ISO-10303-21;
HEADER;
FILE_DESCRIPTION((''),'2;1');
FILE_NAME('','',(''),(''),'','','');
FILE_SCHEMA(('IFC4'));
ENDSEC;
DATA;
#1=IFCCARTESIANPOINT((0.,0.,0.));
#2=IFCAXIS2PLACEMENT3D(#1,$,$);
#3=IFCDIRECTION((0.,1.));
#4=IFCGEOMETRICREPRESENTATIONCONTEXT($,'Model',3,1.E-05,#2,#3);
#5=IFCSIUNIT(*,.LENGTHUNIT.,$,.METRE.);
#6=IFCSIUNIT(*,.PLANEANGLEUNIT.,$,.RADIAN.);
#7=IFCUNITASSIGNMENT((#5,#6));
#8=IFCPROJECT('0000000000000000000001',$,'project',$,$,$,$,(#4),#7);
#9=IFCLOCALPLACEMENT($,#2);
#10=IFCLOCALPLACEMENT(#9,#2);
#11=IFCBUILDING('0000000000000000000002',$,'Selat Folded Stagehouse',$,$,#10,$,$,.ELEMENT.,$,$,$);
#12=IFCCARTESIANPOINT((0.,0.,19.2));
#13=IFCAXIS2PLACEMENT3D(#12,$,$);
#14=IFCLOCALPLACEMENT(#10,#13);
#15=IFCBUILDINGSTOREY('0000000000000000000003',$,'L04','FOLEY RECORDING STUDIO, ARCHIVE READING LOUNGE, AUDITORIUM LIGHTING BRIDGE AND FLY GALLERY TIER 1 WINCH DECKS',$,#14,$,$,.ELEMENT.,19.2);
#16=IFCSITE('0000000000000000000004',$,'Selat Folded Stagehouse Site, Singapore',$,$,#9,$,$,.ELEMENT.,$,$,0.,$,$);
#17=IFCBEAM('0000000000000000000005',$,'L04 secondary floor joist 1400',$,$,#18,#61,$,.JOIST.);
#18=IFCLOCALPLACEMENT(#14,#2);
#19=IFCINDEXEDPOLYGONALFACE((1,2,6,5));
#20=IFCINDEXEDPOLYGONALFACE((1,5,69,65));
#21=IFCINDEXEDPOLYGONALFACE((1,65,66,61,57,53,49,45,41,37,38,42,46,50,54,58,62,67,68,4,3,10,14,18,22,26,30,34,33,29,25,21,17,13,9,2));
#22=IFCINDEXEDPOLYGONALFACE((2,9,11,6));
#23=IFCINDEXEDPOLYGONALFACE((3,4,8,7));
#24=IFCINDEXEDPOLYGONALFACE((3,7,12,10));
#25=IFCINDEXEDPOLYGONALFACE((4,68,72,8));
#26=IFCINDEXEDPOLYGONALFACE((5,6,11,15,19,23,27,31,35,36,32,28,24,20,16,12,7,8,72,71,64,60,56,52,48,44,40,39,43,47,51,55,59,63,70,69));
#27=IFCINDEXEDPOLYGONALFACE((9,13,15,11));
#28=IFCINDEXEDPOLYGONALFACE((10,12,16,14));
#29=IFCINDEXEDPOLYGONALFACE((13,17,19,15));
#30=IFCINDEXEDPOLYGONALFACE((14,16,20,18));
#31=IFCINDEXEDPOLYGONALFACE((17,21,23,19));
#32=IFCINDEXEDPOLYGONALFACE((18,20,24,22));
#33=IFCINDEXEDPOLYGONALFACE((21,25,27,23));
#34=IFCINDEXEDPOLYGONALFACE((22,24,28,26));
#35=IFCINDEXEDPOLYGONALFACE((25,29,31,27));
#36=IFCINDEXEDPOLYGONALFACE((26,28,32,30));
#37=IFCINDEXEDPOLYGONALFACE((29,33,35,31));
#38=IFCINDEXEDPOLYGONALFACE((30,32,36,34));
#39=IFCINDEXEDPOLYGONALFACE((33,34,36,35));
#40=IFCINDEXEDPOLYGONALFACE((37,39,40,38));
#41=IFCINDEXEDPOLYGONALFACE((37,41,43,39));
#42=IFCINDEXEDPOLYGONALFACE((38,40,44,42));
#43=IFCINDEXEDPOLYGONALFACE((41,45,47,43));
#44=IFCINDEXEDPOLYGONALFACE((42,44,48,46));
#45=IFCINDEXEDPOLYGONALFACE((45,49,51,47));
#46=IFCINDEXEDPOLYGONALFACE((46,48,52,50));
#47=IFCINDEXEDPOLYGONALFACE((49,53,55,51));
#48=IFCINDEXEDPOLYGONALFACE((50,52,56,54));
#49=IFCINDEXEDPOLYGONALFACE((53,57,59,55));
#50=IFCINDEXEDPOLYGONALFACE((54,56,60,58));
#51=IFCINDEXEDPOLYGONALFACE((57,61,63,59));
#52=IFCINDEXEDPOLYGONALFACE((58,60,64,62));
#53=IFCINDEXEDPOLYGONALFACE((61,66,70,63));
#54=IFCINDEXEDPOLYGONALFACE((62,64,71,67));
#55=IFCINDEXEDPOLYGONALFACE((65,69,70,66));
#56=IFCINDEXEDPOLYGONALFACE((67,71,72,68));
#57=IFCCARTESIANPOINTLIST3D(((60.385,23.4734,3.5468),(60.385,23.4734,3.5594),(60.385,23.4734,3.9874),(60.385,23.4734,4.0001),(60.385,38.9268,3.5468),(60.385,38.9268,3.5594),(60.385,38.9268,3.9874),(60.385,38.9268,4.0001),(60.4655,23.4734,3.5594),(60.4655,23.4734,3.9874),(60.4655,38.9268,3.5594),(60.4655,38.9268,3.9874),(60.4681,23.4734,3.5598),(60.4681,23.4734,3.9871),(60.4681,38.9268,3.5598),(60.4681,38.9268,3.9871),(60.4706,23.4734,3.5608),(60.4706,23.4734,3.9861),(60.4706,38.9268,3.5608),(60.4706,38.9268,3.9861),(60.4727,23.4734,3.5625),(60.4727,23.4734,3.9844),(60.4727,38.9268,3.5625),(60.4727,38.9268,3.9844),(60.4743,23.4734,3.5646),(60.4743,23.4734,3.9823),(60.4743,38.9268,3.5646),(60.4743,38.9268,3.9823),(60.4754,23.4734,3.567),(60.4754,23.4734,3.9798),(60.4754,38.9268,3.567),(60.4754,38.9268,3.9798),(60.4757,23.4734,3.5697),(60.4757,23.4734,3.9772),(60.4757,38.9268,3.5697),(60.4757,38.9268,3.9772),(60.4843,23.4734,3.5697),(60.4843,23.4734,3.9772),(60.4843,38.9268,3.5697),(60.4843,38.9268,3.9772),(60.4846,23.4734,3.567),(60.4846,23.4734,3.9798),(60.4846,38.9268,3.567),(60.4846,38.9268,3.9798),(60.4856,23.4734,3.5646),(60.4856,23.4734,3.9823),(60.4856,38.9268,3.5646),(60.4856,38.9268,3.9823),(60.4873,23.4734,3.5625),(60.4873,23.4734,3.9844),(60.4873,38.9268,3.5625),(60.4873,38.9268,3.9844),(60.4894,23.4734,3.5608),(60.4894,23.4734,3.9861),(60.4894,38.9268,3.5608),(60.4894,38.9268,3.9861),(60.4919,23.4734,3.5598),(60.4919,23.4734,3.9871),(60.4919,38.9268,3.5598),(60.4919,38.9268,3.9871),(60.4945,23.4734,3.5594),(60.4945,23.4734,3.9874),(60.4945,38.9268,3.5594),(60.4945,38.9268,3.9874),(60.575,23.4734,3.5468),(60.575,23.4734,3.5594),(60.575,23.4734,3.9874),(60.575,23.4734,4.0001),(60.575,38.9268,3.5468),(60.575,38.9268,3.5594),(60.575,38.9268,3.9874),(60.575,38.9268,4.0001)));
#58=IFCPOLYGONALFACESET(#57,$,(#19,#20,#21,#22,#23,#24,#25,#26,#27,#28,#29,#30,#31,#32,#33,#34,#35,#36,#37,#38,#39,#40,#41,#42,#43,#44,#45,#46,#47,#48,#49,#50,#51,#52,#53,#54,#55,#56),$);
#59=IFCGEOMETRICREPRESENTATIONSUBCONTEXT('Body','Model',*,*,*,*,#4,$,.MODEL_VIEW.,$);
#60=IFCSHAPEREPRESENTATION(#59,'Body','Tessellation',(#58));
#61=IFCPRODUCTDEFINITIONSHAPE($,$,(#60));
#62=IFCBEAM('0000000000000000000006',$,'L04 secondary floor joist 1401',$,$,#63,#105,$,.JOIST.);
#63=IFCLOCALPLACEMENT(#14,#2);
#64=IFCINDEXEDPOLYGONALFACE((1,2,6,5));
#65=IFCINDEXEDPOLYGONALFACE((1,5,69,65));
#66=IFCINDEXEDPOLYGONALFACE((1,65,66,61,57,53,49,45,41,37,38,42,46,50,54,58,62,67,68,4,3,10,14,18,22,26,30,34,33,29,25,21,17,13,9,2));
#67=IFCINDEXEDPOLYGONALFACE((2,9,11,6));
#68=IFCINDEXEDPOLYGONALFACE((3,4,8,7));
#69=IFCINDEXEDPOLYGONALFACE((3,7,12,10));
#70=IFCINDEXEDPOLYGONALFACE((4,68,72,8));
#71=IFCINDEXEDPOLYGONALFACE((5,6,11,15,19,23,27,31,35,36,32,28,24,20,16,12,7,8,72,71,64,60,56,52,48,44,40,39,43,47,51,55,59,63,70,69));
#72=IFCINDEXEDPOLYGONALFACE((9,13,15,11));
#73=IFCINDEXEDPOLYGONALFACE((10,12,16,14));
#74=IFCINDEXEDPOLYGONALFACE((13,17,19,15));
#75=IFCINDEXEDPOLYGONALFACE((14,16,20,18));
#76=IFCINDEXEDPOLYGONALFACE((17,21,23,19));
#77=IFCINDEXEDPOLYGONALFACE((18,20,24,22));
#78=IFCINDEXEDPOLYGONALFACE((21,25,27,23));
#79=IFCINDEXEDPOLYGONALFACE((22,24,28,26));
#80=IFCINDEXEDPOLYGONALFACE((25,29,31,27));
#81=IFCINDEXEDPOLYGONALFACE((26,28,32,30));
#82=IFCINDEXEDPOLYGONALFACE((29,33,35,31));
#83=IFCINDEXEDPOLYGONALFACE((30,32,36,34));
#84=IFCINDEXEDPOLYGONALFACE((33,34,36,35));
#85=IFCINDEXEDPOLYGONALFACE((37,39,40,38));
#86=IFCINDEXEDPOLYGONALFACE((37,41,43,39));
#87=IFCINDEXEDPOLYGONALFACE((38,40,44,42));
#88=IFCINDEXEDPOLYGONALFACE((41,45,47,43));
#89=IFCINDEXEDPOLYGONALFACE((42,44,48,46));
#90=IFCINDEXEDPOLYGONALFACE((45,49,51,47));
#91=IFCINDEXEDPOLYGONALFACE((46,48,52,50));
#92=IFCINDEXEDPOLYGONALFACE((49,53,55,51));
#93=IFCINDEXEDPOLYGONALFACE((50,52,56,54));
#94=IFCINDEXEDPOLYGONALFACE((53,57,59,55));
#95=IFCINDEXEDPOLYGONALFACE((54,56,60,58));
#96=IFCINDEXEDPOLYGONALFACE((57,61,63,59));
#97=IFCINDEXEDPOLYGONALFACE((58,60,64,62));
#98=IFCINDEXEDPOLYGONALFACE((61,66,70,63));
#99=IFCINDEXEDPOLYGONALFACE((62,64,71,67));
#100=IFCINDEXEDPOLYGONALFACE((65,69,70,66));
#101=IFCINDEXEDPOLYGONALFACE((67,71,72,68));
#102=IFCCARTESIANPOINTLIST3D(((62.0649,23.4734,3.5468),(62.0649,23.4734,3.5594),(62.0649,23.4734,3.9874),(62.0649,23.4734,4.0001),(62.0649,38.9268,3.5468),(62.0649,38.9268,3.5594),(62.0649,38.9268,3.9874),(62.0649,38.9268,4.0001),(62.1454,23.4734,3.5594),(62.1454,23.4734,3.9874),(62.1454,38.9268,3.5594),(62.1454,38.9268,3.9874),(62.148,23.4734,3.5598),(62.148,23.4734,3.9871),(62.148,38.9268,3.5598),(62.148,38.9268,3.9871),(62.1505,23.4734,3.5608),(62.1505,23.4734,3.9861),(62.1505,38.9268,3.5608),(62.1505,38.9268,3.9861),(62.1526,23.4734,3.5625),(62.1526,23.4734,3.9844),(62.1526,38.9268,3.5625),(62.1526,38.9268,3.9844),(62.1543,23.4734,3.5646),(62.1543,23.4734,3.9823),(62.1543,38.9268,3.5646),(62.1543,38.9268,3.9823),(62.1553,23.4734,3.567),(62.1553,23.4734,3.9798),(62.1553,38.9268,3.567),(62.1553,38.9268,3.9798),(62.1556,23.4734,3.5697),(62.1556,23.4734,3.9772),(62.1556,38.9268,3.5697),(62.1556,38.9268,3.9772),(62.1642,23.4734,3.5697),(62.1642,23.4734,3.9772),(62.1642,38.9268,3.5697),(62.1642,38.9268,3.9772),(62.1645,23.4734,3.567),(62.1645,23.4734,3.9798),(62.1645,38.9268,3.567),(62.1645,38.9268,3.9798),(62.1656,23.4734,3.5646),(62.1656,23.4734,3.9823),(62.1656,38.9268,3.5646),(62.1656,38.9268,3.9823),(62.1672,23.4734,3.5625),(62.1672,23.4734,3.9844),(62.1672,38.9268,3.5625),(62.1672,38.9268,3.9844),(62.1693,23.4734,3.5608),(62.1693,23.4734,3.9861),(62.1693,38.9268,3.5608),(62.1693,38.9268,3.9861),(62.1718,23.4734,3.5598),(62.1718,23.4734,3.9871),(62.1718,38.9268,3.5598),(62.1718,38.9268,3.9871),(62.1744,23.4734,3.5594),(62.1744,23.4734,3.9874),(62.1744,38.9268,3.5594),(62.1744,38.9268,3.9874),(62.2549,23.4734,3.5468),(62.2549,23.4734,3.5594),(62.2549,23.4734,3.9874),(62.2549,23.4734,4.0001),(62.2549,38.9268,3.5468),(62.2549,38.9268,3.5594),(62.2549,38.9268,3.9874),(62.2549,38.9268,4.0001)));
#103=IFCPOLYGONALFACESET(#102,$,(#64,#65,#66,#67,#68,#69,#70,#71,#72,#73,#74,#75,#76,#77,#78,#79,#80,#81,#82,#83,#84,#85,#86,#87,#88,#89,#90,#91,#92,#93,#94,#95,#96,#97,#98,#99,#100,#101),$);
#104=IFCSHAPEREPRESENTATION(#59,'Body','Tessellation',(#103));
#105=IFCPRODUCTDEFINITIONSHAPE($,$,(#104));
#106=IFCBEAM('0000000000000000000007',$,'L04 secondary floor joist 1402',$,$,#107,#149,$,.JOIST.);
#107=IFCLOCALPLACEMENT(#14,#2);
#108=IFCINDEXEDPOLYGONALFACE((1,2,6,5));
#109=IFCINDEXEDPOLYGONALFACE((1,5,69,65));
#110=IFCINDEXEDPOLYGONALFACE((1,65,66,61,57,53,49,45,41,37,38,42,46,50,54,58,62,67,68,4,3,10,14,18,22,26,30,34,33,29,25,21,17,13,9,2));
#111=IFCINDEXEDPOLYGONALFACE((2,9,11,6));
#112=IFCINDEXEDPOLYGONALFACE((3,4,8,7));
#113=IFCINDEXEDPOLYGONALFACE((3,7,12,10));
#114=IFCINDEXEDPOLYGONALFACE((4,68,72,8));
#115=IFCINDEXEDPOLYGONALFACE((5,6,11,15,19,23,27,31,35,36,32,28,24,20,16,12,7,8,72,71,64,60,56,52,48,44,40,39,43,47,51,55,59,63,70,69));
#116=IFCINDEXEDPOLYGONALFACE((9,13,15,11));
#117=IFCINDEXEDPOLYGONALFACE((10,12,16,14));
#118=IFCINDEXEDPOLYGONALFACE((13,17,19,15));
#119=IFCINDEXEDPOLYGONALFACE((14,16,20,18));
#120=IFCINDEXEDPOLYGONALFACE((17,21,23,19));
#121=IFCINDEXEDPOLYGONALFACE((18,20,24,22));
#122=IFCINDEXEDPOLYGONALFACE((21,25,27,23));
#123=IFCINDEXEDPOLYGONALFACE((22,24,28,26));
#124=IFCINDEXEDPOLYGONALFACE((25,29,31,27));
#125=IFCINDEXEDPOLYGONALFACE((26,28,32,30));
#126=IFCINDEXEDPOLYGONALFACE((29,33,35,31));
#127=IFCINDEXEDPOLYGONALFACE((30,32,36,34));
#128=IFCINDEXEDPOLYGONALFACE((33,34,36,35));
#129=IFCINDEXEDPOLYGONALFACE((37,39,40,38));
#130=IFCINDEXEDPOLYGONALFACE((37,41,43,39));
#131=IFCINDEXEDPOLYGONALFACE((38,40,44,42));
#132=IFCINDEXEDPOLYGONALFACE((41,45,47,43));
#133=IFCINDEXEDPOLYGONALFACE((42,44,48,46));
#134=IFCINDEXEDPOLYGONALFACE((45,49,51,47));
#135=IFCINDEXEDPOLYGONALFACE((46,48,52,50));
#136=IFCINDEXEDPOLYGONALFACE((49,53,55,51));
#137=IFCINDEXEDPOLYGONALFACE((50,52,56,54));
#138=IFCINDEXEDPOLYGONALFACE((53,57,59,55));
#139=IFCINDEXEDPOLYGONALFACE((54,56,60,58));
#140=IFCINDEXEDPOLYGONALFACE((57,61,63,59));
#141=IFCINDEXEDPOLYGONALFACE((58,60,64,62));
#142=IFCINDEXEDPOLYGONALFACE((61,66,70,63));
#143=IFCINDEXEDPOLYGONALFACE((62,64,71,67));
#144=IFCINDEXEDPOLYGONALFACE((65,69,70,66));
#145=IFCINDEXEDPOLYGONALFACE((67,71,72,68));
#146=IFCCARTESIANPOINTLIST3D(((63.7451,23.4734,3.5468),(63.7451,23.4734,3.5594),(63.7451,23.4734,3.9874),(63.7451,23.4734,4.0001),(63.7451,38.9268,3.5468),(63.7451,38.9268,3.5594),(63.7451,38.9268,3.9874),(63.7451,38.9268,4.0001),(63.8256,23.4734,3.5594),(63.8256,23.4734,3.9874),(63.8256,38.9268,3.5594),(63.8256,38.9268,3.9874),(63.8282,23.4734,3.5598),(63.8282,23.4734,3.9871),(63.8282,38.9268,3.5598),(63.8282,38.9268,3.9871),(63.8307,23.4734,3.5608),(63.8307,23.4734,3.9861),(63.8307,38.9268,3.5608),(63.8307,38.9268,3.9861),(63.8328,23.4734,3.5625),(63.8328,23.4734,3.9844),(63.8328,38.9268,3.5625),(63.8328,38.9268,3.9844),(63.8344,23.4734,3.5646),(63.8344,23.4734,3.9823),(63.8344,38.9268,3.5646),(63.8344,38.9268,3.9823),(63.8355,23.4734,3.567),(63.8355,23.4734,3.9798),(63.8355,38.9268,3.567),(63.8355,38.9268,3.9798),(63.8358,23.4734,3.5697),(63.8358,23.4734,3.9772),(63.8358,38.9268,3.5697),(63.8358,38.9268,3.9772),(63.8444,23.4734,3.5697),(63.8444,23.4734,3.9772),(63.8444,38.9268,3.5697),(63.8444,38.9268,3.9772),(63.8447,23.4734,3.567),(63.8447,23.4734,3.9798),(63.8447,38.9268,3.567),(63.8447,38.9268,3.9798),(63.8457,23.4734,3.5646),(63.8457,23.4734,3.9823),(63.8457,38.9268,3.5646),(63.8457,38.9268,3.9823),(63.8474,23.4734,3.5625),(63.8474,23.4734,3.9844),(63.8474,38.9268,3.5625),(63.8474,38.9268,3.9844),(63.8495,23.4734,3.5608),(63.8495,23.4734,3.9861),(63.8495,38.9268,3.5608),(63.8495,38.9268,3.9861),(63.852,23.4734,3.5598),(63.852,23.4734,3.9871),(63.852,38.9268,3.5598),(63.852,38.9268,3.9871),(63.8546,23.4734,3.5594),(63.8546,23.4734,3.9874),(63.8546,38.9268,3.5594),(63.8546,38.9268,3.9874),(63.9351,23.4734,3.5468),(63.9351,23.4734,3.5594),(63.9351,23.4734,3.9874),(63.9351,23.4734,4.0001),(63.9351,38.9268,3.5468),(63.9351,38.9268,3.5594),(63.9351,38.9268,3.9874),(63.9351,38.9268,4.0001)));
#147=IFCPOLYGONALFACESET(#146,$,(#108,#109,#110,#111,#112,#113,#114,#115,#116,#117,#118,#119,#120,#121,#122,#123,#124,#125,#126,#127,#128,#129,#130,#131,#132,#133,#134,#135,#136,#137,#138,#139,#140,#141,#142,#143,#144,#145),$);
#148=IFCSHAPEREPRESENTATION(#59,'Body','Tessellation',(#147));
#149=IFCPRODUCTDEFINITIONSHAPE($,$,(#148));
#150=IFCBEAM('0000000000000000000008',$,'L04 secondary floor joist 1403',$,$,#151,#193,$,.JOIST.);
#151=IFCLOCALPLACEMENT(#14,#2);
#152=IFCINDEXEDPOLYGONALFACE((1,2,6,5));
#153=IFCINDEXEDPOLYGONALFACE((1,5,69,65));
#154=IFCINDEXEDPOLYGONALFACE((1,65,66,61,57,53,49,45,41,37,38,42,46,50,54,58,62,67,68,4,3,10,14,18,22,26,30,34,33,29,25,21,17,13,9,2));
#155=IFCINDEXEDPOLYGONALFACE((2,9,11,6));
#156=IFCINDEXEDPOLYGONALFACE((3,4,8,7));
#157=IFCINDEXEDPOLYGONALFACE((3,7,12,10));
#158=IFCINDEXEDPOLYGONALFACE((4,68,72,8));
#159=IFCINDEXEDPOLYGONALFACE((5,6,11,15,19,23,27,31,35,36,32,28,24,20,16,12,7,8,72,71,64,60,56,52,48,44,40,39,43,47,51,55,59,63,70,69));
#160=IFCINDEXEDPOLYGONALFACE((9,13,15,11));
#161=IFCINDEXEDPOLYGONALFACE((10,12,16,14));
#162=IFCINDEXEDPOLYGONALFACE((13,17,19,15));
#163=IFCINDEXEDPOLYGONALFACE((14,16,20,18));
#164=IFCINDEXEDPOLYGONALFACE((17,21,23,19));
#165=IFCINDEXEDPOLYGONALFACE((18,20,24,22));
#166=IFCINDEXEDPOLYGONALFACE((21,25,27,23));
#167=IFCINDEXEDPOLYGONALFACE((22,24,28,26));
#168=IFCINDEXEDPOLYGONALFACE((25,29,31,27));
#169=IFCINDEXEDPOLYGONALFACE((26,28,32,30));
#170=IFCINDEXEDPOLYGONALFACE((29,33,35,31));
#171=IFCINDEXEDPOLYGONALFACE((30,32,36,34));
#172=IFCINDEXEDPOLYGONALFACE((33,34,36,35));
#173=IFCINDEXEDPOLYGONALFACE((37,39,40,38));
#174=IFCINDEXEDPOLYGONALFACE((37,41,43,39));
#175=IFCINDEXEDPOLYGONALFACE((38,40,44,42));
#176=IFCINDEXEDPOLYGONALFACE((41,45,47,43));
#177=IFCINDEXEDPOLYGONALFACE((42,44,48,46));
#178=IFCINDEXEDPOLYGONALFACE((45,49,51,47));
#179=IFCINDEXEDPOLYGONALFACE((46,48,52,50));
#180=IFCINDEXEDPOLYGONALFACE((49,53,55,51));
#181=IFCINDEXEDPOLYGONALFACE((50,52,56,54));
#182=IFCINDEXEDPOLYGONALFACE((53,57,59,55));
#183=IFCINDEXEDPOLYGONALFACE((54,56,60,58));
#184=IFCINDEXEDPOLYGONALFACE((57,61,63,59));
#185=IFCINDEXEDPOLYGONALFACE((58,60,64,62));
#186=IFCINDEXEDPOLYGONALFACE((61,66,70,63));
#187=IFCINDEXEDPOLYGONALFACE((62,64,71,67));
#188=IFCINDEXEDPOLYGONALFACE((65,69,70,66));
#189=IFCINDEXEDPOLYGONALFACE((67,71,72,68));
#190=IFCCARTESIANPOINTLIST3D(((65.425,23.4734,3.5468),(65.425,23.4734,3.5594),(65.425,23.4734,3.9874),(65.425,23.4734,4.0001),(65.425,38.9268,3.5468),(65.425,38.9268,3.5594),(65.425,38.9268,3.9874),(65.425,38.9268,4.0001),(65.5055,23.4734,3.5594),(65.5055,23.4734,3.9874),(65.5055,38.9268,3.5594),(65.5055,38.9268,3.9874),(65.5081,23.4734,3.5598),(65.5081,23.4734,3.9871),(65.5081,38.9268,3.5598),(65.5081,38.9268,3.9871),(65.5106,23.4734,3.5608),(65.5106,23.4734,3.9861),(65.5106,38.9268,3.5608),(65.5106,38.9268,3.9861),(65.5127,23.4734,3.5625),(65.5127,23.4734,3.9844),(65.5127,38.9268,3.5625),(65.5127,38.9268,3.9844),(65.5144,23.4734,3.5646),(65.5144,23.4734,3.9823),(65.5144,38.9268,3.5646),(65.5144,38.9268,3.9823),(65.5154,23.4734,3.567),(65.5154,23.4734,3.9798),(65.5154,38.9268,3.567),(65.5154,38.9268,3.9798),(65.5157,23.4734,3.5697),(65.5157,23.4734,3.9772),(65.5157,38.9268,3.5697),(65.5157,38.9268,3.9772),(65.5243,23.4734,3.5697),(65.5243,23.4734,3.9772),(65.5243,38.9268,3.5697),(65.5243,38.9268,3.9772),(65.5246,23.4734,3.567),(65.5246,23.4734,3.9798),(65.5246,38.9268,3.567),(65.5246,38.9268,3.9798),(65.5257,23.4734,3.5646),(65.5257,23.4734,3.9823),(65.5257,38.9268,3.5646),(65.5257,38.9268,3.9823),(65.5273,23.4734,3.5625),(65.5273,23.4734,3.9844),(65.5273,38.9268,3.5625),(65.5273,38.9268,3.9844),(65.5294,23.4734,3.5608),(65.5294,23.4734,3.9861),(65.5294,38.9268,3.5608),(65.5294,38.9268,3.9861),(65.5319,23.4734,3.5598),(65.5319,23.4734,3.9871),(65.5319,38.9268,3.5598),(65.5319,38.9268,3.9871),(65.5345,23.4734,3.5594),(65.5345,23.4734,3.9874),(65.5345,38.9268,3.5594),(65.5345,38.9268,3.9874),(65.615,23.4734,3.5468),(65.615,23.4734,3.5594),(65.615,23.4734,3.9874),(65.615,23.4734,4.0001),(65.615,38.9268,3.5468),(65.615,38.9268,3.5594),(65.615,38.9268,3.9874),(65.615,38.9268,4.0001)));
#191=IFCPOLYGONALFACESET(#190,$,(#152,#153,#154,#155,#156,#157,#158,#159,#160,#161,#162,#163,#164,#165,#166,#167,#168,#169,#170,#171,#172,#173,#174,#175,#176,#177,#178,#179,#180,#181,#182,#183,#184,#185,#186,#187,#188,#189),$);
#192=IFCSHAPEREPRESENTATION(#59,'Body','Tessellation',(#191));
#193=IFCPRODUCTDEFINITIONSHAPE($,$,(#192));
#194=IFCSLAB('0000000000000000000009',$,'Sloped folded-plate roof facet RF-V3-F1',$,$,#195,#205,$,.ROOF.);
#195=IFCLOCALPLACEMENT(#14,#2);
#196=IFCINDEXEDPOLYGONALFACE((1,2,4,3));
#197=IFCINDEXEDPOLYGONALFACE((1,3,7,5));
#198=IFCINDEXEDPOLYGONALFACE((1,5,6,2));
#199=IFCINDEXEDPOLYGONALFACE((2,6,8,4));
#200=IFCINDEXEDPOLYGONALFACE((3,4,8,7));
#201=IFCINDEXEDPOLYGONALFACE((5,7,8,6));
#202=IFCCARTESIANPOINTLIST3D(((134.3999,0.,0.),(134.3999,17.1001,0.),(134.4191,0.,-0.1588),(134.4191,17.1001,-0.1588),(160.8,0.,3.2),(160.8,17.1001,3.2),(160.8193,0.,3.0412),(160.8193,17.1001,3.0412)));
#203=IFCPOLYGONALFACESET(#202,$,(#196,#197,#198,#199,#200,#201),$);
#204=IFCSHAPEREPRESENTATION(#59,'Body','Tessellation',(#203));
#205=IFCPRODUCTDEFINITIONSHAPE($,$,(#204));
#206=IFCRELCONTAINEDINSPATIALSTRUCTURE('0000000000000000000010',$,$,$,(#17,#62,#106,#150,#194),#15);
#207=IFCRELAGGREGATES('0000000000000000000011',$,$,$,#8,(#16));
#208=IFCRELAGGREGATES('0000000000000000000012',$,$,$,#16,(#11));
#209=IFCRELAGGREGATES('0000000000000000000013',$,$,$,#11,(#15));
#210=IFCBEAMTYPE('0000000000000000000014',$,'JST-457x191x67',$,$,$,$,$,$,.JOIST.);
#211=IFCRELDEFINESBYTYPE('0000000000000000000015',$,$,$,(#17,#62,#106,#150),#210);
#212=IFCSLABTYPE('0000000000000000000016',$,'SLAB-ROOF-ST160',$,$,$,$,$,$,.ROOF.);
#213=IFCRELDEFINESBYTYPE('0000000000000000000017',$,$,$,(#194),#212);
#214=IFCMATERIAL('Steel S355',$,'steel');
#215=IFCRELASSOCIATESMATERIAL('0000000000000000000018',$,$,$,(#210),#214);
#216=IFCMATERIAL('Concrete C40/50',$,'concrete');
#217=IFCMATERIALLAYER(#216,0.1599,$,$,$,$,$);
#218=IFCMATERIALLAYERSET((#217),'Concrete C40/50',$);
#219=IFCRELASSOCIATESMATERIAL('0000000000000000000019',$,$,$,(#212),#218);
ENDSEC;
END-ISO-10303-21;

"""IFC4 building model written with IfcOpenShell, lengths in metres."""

from ifc_helpers import new_model, si_unit, direction, frame, origin, origin_2d, place, context, subcontext, project, spatial, polyline, i_section, outline, extrude, material, layer, layer_set, material_profile, profile_set, type_object, element, save


model = new_model("IFC4")

# Units and contexts
model_context = context("Model", 3, precision=1e-05, world=origin(), true_north=direction((0.0, 1.0)))
body_context = subcontext(model_context, "Body", "Model", "MODEL_VIEW")
ifc_project = project(units=[si_unit("LENGTHUNIT", "METRE"), si_unit("PLANEANGLEUNIT", "RADIAN")], contexts=[model_context])

# Site, building, storey
site_placement = place(None, origin())
site = spatial("IfcSite", under=ifc_project, at=site_placement, Name="Selat Folded Stagehouse Site, Singapore", CompositionType="ELEMENT", RefElevation=0.0)
building_placement = place(site_placement, origin())
building = spatial("IfcBuilding", under=site, at=building_placement, Name="Selat Folded Stagehouse", CompositionType="ELEMENT")
storey_placement = place(building_placement, frame((0.0, 0.0, 19.2)))
storey = spatial("IfcBuildingStorey", under=building, at=storey_placement, Name="L04", Description="FOLEY RECORDING STUDIO, ARCHIVE READING LOUNGE, AUDITORIUM LIGHTING BRIDGE AND FLY GALLERY TIER 1 WINCH DECKS", CompositionType="ELEMENT", Elevation=19.2)

# Shared definitions
ifc_material_1 = material(Name="Steel S355", Category="steel")

# Beams
ifc_material_profile_1 = material_profile(ifc_material_1, i_section(OverallWidth=0.1899, OverallDepth=0.4534, WebThickness=0.0085, FlangeThickness=0.0127, FilletRadius=0.0103, at=origin_2d()), Name="UKB 457x191x67")
ifc_profile_set_1 = profile_set([ifc_material_profile_1], Name="Steel S355")
beam_type_1 = type_object("IfcBeamType", Name="JST-457x191x67", PredefinedType="JOIST", material=ifc_profile_set_1)
for number, where, z_axis, x_axis, name in (
    (1, (60.48, 23.4734, 3.7734), (0.0, 1.0, 0.0), (-1.0, 0.0, 0.0), "L04 secondary floor joist 1400"),
    (2, (62.1599, 23.4734, 3.7734), (0.0, 1.0, 0.0), (-1.0, 0.0, 0.0), "L04 secondary floor joist 1401"),
    (3, (63.8401, 23.4734, 3.7734), (0.0, 1.0, 0.0), (-1.0, 0.0, 0.0), "L04 secondary floor joist 1402"),
    (4, (65.52, 23.4734, 3.7734), (0.0, 1.0, 0.0), (-1.0, 0.0, 0.0), "L04 secondary floor joist 1403"),
):
    element("IfcBeam", number, at=place(storey_placement, frame(where, z_axis=z_axis, x_axis=x_axis)), inside=storey, type_object=beam_type_1, Name=name, PredefinedType="JOIST", context=body_context, shape_type="SweptSolid", body=[
        extrude(i_section(OverallWidth=0.1899, OverallDepth=0.4534, WebThickness=0.0085, FlangeThickness=0.0127, FilletRadius=0.0103, at=origin_2d()), origin(), (0.0, 0.0, 1.0), 15.4534),
    ])

# Slab
ifc_material_2 = material(Name="Concrete C40/50", Category="concrete")
ifc_layer_1 = layer(ifc_material_2, 0.1599)
ifc_layer_set_1 = layer_set([ifc_layer_1], Name="Concrete C40/50")
slab_type = type_object("IfcSlabType", Name="SLAB-ROOF-ST160", PredefinedType="ROOF", material=ifc_layer_set_1)
slab_1_placement = place(storey_placement, frame((134.3999, 0.0, 0.0), z_axis=(-0.120329, 0.0, 0.992734), x_axis=(0.992734, 0.0, 0.120329)))
element("IfcSlab", 5, at=slab_1_placement, inside=storey, type_object=slab_type, Name="Sloped folded-plate roof facet RF-V3-F1", PredefinedType="ROOF", context=body_context, shape_type="SweptSolid", body=[
    extrude(outline(polyline([(0.0, 0.0), (26.5934, 0.0), (26.5934, 17.1001), (0.0, 17.1001), (0.0, 0.0)])), origin(), (0.0, 0.0, -1.0), 0.1599),
])

save(model, "model.ifc")
